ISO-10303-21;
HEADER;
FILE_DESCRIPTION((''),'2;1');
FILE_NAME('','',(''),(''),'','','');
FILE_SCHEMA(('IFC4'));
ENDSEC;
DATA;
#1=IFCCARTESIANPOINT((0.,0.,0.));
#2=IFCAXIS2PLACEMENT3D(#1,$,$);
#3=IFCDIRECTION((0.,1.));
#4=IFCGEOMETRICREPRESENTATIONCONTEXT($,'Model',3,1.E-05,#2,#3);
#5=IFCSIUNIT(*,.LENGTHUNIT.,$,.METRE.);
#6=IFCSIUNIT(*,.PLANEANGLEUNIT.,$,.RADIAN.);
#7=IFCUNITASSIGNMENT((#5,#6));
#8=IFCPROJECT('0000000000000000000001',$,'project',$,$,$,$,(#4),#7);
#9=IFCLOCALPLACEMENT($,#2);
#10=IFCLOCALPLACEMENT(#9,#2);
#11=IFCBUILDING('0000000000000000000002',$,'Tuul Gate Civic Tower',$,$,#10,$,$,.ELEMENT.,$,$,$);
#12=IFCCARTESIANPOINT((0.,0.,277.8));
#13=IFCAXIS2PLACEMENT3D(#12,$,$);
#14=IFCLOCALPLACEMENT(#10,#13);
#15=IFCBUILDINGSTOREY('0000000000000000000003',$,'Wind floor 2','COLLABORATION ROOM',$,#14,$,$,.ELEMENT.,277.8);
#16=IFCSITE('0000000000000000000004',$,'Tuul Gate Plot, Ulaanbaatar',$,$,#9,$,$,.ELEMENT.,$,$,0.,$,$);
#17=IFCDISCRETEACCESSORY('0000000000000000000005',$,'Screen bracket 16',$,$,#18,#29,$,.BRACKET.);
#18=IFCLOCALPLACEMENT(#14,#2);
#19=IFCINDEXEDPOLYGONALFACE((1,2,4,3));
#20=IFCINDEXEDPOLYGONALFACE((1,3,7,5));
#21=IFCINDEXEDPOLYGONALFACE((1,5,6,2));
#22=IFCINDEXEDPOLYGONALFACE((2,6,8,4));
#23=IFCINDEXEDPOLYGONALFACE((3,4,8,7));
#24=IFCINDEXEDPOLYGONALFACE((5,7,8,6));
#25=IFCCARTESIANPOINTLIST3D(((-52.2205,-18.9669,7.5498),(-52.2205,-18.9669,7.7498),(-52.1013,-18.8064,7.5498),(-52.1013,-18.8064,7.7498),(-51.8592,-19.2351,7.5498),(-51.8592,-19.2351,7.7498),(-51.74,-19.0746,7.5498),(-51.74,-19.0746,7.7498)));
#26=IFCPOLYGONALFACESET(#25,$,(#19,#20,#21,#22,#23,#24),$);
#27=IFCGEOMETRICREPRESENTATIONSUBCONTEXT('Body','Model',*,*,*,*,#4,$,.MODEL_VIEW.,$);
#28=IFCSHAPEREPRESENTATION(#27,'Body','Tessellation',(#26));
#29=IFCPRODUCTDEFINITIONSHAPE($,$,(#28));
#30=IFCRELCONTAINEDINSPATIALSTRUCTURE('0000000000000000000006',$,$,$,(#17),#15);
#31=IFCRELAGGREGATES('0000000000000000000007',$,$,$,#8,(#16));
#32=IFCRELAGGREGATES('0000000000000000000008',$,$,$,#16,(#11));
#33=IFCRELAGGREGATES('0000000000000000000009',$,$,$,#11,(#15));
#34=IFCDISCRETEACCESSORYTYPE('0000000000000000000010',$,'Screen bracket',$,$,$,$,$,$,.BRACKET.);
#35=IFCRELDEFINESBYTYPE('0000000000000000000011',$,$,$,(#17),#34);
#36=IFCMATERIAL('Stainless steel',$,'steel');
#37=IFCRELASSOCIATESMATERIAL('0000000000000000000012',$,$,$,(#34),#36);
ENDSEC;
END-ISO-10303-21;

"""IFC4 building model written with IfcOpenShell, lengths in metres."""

from ifc_helpers import new_model, si_unit, direction, frame, origin, origin_2d, place, context, subcontext, project, spatial, rectangle, extrude, material, type_object, element, save


model = new_model("IFC4")

# Units and contexts
model_context = context("Model", 3, precision=1e-05, world=origin(), true_north=direction((0.0, 1.0)))
body_context = subcontext(model_context, "Body", "Model", "MODEL_VIEW")
ifc_project = project(units=[si_unit("LENGTHUNIT", "METRE"), si_unit("PLANEANGLEUNIT", "RADIAN")], contexts=[model_context])

# Site, building, storey
site_placement = place(None, origin())
site = spatial("IfcSite", under=ifc_project, at=site_placement, Name="Tuul Gate Plot, Ulaanbaatar", CompositionType="ELEMENT", RefElevation=0.0)
building_placement = place(site_placement, origin())
building = spatial("IfcBuilding", under=site, at=building_placement, Name="Tuul Gate Civic Tower", CompositionType="ELEMENT")
storey_placement = place(building_placement, frame((0.0, 0.0, 277.8)))
storey = spatial("IfcBuildingStorey", under=building, at=storey_placement, Name="Wind floor 2", Description="COLLABORATION ROOM", CompositionType="ELEMENT", Elevation=277.8)

# Discrete accessory
ifc_material_1 = material(Name="Stainless steel", Category="steel")
discrete_accessory_type = type_object("IfcDiscreteAccessoryType", Name="Screen bracket", PredefinedType="BRACKET", material=ifc_material_1)
discrete_accessory_placement = place(storey_placement, frame((-51.9802, -19.0208, 7.5498), z_axis=(0.0, 0.0, 1.0), x_axis=(-0.802893, 0.596123, 0.0)))
element("IfcDiscreteAccessory", 1, at=discrete_accessory_placement, inside=storey, type_object=discrete_accessory_type, Name="Screen bracket 16", PredefinedType="BRACKET", context=body_context, shape_type="SweptSolid", body=[
    extrude(rectangle(XDim=0.45, YDim=0.2, at=origin_2d()), origin(), (0.0, 0.0, 1.0), 0.2),
])

save(model, "model.ifc")
